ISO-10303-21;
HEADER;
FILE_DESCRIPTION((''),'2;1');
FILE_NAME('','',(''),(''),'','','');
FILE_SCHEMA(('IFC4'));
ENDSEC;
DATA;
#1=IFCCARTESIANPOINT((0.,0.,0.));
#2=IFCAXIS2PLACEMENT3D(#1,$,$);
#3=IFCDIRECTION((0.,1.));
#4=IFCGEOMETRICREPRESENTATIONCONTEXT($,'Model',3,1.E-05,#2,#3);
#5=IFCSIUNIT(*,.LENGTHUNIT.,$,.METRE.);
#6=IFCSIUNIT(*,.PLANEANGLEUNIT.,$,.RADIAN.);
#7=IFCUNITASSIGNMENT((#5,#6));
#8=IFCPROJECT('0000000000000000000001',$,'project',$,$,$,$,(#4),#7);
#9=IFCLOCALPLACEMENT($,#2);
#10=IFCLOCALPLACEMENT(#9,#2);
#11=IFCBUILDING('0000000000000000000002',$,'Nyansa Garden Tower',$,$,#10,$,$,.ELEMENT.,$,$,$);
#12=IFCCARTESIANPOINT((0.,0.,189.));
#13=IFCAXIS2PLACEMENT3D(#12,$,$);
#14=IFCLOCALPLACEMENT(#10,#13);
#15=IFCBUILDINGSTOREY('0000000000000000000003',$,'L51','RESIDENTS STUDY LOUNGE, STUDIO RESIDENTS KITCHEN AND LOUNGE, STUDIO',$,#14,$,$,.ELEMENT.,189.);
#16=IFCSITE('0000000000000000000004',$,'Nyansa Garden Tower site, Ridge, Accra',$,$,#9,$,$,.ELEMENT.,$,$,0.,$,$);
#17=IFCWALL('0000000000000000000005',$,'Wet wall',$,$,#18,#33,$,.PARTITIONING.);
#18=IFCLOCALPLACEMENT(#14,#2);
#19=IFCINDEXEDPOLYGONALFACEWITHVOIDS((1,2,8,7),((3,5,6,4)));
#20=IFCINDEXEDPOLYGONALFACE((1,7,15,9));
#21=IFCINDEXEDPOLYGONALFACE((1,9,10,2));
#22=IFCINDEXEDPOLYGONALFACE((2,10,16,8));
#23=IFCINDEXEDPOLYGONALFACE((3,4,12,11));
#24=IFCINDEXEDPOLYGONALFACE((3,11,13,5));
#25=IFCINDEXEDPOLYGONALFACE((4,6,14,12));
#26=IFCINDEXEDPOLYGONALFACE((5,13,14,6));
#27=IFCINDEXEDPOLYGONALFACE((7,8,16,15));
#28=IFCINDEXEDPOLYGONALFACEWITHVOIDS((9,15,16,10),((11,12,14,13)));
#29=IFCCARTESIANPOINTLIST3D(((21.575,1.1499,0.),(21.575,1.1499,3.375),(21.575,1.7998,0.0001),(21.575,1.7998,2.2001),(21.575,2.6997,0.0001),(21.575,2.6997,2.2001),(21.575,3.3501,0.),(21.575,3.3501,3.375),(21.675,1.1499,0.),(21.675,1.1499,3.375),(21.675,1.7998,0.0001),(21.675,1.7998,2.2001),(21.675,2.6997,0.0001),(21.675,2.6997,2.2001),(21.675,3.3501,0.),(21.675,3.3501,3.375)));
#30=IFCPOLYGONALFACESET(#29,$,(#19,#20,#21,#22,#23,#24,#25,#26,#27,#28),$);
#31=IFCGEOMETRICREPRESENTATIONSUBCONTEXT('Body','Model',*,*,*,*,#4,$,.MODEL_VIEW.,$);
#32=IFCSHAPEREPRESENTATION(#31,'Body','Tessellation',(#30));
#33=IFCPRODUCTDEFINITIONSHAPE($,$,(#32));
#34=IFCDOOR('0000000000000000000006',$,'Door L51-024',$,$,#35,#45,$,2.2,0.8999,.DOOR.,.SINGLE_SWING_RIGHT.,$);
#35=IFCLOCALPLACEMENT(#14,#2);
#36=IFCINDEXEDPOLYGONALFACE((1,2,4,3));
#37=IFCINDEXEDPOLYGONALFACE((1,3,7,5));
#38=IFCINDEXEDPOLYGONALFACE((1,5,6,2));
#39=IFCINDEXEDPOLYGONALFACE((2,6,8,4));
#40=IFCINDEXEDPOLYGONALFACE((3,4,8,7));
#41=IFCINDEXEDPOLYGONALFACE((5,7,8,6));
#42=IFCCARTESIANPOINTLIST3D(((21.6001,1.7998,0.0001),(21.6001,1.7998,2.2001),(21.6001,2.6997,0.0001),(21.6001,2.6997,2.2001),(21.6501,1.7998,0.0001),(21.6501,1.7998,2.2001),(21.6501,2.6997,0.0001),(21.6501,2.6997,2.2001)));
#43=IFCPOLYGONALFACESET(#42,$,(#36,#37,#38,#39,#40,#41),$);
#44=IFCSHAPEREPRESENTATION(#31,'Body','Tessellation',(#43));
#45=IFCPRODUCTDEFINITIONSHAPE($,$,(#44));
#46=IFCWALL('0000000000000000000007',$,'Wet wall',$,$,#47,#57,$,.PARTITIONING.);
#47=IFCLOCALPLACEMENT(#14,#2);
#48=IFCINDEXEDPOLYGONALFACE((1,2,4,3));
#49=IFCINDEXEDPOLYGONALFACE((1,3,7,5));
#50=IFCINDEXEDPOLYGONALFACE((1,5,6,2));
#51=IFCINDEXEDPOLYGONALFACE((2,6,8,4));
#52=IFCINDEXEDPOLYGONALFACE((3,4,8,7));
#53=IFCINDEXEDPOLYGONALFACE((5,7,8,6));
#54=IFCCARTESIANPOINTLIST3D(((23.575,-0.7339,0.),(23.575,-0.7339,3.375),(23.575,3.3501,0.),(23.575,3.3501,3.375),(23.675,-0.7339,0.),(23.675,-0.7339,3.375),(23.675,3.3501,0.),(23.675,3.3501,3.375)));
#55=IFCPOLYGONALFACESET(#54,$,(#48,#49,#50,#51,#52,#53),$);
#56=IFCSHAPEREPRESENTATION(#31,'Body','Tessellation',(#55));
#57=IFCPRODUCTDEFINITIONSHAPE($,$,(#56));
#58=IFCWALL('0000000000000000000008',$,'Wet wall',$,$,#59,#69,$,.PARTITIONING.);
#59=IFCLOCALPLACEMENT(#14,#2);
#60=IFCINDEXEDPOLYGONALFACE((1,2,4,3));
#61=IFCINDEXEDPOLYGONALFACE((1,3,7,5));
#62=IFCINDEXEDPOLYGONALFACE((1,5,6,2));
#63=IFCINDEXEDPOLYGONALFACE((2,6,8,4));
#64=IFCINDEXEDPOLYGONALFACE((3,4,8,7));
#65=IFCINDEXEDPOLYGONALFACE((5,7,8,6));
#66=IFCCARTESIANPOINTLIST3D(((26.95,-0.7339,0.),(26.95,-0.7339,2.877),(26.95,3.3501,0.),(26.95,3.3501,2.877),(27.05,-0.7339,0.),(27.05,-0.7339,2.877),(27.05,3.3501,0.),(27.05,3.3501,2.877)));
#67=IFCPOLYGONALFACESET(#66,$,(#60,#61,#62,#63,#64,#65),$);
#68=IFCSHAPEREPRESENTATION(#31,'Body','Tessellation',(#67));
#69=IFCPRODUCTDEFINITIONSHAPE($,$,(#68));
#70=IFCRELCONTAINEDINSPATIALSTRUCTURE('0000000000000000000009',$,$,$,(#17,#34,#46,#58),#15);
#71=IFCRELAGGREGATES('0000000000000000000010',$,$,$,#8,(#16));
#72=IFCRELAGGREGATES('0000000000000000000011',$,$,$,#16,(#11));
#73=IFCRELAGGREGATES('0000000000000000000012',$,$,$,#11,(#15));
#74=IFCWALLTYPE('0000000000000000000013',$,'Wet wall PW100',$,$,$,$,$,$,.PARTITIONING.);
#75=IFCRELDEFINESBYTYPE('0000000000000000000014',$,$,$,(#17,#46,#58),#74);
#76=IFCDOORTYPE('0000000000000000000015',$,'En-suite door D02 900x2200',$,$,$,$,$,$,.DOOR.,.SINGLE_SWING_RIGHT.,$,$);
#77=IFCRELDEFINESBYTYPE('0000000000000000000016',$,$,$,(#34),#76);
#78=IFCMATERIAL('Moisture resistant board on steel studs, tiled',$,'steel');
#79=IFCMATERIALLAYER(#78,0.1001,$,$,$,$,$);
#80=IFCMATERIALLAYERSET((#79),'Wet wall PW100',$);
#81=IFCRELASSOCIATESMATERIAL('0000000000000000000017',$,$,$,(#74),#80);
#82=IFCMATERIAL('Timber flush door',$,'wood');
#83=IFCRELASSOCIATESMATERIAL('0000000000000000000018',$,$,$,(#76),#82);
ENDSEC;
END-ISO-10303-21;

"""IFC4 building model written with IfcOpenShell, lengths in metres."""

from ifc_helpers import new_model, si_unit, direction, frame, frame_2d, origin, place, context, subcontext, project, spatial, rectangle, extrude, material, layer, layer_set, type_object, element, fill, save


model = new_model("IFC4")

# Units and contexts
model_context = context("Model", 3, precision=1e-05, world=origin(), true_north=direction((0.0, 1.0)))
body_context = subcontext(model_context, "Body", "Model", "MODEL_VIEW")
ifc_project = project(units=[si_unit("LENGTHUNIT", "METRE"), si_unit("PLANEANGLEUNIT", "RADIAN")], contexts=[model_context])

# Site, building, storey
site_placement = place(None, origin())
site = spatial("IfcSite", under=ifc_project, at=site_placement, Name="Nyansa Garden Tower site, Ridge, Accra", CompositionType="ELEMENT", RefElevation=0.0)
building_placement = place(site_placement, origin())
building = spatial("IfcBuilding", under=site, at=building_placement, Name="Nyansa Garden Tower", CompositionType="ELEMENT")
storey_placement = place(building_placement, frame((0.0, 0.0, 189.0)))
storey = spatial("IfcBuildingStorey", under=building, at=storey_placement, Name="L51", Description="RESIDENTS STUDY LOUNGE, STUDIO RESIDENTS KITCHEN AND LOUNGE, STUDIO", CompositionType="ELEMENT", Elevation=189.0)

# Shared definitions
ifc_material_1 = material(Name="Moisture resistant board on steel studs, tiled", Category="steel")
ifc_layer_1 = layer(ifc_material_1, 0.1001)
ifc_layer_set_1 = layer_set([ifc_layer_1], Name="Wet wall PW100")
wall_type_1 = type_object("IfcWallType", Name="Wet wall PW100", PredefinedType="PARTITIONING", material=ifc_layer_set_1)
ifc_material_2 = material(Name="Timber flush door", Category="wood")
door_type = type_object("IfcDoorType", Name="En-suite door D02 900x2200", OperationType="SINGLE_SWING_RIGHT", PredefinedType="DOOR", material=ifc_material_2)

# Wall, opening, door
wall_1_placement = place(storey_placement, frame((21.625, 1.1499, 0.0), z_axis=(0.0, 0.0, 1.0), x_axis=(0.0, 1.0, 0.0)))
wall_1 = element("IfcWall", 1, at=wall_1_placement, inside=storey, type_object=wall_type_1, Name="Wet wall", PredefinedType="PARTITIONING", context=body_context, shape_type="SweptSolid", body=[
    extrude(rectangle(XDim=2.2002, YDim=0.1001, at=frame_2d((1.1001, 0.0))), origin(), (0.0, 0.0, 1.0), 3.375),
])
opening_1_placement = place(wall_1_placement, frame((0.6499, 0.0, 0.0)))
opening_1 = element("IfcOpeningElement", 2, at=opening_1_placement, cuts=wall_1, PredefinedType="OPENING", context=body_context, shape_type="SweptSolid", body=[
    extrude(rectangle(XDim=0.8999, YDim=2.2, at=frame_2d((0.45, 1.1001))), frame((0.0, 0.0601, 0.0), z_axis=(0.0, -1.0, 0.0), x_axis=(1.0, 0.0, 0.0)), (0.0, 0.0, 1.0), 0.1201),
])
door_1_placement = place(opening_1_placement, origin())
door_1 = element("IfcDoor", 3, at=door_1_placement, inside=storey, type_object=door_type, Name="Door L51-024", OperationType="SINGLE_SWING_RIGHT", OverallHeight=2.2, OverallWidth=0.8999, PredefinedType="DOOR", context=body_context, shape_type="SweptSolid", body=[
    extrude(rectangle(XDim=0.8999, YDim=2.2, at=frame_2d((0.45, 1.1001))), frame((0.0, 0.0249, 0.0), z_axis=(0.0, -1.0, 0.0), x_axis=(1.0, 0.0, 0.0)), (0.0, 0.0, 1.0), 0.05),
])
fill(opening_1, door_1)

# Walls
wall_2_placement = place(storey_placement, frame((23.625, -0.7339, 0.0), z_axis=(0.0, 0.0, 1.0), x_axis=(0.0, 1.0, 0.0)))
element("IfcWall", 4, at=wall_2_placement, inside=storey, type_object=wall_type_1, Name="Wet wall", PredefinedType="PARTITIONING", context=body_context, shape_type="SweptSolid", body=[
    extrude(rectangle(XDim=4.084, YDim=0.1001, at=frame_2d((2.042, 0.0))), origin(), (0.0, 0.0, 1.0), 3.375),
])
wall_3_placement = place(storey_placement, frame((27.0, -0.7339, 0.0), z_axis=(0.0, 0.0, 1.0), x_axis=(0.0, 1.0, 0.0)))
element("IfcWall", 5, at=wall_3_placement, inside=storey, type_object=wall_type_1, Name="Wet wall", PredefinedType="PARTITIONING", context=body_context, shape_type="SweptSolid", body=[
    extrude(rectangle(XDim=4.084, YDim=0.1001, at=frame_2d((2.042, 0.0))), origin(), (0.0, 0.0, 1.0), 2.877),
])

save(model, "model.ifc")
